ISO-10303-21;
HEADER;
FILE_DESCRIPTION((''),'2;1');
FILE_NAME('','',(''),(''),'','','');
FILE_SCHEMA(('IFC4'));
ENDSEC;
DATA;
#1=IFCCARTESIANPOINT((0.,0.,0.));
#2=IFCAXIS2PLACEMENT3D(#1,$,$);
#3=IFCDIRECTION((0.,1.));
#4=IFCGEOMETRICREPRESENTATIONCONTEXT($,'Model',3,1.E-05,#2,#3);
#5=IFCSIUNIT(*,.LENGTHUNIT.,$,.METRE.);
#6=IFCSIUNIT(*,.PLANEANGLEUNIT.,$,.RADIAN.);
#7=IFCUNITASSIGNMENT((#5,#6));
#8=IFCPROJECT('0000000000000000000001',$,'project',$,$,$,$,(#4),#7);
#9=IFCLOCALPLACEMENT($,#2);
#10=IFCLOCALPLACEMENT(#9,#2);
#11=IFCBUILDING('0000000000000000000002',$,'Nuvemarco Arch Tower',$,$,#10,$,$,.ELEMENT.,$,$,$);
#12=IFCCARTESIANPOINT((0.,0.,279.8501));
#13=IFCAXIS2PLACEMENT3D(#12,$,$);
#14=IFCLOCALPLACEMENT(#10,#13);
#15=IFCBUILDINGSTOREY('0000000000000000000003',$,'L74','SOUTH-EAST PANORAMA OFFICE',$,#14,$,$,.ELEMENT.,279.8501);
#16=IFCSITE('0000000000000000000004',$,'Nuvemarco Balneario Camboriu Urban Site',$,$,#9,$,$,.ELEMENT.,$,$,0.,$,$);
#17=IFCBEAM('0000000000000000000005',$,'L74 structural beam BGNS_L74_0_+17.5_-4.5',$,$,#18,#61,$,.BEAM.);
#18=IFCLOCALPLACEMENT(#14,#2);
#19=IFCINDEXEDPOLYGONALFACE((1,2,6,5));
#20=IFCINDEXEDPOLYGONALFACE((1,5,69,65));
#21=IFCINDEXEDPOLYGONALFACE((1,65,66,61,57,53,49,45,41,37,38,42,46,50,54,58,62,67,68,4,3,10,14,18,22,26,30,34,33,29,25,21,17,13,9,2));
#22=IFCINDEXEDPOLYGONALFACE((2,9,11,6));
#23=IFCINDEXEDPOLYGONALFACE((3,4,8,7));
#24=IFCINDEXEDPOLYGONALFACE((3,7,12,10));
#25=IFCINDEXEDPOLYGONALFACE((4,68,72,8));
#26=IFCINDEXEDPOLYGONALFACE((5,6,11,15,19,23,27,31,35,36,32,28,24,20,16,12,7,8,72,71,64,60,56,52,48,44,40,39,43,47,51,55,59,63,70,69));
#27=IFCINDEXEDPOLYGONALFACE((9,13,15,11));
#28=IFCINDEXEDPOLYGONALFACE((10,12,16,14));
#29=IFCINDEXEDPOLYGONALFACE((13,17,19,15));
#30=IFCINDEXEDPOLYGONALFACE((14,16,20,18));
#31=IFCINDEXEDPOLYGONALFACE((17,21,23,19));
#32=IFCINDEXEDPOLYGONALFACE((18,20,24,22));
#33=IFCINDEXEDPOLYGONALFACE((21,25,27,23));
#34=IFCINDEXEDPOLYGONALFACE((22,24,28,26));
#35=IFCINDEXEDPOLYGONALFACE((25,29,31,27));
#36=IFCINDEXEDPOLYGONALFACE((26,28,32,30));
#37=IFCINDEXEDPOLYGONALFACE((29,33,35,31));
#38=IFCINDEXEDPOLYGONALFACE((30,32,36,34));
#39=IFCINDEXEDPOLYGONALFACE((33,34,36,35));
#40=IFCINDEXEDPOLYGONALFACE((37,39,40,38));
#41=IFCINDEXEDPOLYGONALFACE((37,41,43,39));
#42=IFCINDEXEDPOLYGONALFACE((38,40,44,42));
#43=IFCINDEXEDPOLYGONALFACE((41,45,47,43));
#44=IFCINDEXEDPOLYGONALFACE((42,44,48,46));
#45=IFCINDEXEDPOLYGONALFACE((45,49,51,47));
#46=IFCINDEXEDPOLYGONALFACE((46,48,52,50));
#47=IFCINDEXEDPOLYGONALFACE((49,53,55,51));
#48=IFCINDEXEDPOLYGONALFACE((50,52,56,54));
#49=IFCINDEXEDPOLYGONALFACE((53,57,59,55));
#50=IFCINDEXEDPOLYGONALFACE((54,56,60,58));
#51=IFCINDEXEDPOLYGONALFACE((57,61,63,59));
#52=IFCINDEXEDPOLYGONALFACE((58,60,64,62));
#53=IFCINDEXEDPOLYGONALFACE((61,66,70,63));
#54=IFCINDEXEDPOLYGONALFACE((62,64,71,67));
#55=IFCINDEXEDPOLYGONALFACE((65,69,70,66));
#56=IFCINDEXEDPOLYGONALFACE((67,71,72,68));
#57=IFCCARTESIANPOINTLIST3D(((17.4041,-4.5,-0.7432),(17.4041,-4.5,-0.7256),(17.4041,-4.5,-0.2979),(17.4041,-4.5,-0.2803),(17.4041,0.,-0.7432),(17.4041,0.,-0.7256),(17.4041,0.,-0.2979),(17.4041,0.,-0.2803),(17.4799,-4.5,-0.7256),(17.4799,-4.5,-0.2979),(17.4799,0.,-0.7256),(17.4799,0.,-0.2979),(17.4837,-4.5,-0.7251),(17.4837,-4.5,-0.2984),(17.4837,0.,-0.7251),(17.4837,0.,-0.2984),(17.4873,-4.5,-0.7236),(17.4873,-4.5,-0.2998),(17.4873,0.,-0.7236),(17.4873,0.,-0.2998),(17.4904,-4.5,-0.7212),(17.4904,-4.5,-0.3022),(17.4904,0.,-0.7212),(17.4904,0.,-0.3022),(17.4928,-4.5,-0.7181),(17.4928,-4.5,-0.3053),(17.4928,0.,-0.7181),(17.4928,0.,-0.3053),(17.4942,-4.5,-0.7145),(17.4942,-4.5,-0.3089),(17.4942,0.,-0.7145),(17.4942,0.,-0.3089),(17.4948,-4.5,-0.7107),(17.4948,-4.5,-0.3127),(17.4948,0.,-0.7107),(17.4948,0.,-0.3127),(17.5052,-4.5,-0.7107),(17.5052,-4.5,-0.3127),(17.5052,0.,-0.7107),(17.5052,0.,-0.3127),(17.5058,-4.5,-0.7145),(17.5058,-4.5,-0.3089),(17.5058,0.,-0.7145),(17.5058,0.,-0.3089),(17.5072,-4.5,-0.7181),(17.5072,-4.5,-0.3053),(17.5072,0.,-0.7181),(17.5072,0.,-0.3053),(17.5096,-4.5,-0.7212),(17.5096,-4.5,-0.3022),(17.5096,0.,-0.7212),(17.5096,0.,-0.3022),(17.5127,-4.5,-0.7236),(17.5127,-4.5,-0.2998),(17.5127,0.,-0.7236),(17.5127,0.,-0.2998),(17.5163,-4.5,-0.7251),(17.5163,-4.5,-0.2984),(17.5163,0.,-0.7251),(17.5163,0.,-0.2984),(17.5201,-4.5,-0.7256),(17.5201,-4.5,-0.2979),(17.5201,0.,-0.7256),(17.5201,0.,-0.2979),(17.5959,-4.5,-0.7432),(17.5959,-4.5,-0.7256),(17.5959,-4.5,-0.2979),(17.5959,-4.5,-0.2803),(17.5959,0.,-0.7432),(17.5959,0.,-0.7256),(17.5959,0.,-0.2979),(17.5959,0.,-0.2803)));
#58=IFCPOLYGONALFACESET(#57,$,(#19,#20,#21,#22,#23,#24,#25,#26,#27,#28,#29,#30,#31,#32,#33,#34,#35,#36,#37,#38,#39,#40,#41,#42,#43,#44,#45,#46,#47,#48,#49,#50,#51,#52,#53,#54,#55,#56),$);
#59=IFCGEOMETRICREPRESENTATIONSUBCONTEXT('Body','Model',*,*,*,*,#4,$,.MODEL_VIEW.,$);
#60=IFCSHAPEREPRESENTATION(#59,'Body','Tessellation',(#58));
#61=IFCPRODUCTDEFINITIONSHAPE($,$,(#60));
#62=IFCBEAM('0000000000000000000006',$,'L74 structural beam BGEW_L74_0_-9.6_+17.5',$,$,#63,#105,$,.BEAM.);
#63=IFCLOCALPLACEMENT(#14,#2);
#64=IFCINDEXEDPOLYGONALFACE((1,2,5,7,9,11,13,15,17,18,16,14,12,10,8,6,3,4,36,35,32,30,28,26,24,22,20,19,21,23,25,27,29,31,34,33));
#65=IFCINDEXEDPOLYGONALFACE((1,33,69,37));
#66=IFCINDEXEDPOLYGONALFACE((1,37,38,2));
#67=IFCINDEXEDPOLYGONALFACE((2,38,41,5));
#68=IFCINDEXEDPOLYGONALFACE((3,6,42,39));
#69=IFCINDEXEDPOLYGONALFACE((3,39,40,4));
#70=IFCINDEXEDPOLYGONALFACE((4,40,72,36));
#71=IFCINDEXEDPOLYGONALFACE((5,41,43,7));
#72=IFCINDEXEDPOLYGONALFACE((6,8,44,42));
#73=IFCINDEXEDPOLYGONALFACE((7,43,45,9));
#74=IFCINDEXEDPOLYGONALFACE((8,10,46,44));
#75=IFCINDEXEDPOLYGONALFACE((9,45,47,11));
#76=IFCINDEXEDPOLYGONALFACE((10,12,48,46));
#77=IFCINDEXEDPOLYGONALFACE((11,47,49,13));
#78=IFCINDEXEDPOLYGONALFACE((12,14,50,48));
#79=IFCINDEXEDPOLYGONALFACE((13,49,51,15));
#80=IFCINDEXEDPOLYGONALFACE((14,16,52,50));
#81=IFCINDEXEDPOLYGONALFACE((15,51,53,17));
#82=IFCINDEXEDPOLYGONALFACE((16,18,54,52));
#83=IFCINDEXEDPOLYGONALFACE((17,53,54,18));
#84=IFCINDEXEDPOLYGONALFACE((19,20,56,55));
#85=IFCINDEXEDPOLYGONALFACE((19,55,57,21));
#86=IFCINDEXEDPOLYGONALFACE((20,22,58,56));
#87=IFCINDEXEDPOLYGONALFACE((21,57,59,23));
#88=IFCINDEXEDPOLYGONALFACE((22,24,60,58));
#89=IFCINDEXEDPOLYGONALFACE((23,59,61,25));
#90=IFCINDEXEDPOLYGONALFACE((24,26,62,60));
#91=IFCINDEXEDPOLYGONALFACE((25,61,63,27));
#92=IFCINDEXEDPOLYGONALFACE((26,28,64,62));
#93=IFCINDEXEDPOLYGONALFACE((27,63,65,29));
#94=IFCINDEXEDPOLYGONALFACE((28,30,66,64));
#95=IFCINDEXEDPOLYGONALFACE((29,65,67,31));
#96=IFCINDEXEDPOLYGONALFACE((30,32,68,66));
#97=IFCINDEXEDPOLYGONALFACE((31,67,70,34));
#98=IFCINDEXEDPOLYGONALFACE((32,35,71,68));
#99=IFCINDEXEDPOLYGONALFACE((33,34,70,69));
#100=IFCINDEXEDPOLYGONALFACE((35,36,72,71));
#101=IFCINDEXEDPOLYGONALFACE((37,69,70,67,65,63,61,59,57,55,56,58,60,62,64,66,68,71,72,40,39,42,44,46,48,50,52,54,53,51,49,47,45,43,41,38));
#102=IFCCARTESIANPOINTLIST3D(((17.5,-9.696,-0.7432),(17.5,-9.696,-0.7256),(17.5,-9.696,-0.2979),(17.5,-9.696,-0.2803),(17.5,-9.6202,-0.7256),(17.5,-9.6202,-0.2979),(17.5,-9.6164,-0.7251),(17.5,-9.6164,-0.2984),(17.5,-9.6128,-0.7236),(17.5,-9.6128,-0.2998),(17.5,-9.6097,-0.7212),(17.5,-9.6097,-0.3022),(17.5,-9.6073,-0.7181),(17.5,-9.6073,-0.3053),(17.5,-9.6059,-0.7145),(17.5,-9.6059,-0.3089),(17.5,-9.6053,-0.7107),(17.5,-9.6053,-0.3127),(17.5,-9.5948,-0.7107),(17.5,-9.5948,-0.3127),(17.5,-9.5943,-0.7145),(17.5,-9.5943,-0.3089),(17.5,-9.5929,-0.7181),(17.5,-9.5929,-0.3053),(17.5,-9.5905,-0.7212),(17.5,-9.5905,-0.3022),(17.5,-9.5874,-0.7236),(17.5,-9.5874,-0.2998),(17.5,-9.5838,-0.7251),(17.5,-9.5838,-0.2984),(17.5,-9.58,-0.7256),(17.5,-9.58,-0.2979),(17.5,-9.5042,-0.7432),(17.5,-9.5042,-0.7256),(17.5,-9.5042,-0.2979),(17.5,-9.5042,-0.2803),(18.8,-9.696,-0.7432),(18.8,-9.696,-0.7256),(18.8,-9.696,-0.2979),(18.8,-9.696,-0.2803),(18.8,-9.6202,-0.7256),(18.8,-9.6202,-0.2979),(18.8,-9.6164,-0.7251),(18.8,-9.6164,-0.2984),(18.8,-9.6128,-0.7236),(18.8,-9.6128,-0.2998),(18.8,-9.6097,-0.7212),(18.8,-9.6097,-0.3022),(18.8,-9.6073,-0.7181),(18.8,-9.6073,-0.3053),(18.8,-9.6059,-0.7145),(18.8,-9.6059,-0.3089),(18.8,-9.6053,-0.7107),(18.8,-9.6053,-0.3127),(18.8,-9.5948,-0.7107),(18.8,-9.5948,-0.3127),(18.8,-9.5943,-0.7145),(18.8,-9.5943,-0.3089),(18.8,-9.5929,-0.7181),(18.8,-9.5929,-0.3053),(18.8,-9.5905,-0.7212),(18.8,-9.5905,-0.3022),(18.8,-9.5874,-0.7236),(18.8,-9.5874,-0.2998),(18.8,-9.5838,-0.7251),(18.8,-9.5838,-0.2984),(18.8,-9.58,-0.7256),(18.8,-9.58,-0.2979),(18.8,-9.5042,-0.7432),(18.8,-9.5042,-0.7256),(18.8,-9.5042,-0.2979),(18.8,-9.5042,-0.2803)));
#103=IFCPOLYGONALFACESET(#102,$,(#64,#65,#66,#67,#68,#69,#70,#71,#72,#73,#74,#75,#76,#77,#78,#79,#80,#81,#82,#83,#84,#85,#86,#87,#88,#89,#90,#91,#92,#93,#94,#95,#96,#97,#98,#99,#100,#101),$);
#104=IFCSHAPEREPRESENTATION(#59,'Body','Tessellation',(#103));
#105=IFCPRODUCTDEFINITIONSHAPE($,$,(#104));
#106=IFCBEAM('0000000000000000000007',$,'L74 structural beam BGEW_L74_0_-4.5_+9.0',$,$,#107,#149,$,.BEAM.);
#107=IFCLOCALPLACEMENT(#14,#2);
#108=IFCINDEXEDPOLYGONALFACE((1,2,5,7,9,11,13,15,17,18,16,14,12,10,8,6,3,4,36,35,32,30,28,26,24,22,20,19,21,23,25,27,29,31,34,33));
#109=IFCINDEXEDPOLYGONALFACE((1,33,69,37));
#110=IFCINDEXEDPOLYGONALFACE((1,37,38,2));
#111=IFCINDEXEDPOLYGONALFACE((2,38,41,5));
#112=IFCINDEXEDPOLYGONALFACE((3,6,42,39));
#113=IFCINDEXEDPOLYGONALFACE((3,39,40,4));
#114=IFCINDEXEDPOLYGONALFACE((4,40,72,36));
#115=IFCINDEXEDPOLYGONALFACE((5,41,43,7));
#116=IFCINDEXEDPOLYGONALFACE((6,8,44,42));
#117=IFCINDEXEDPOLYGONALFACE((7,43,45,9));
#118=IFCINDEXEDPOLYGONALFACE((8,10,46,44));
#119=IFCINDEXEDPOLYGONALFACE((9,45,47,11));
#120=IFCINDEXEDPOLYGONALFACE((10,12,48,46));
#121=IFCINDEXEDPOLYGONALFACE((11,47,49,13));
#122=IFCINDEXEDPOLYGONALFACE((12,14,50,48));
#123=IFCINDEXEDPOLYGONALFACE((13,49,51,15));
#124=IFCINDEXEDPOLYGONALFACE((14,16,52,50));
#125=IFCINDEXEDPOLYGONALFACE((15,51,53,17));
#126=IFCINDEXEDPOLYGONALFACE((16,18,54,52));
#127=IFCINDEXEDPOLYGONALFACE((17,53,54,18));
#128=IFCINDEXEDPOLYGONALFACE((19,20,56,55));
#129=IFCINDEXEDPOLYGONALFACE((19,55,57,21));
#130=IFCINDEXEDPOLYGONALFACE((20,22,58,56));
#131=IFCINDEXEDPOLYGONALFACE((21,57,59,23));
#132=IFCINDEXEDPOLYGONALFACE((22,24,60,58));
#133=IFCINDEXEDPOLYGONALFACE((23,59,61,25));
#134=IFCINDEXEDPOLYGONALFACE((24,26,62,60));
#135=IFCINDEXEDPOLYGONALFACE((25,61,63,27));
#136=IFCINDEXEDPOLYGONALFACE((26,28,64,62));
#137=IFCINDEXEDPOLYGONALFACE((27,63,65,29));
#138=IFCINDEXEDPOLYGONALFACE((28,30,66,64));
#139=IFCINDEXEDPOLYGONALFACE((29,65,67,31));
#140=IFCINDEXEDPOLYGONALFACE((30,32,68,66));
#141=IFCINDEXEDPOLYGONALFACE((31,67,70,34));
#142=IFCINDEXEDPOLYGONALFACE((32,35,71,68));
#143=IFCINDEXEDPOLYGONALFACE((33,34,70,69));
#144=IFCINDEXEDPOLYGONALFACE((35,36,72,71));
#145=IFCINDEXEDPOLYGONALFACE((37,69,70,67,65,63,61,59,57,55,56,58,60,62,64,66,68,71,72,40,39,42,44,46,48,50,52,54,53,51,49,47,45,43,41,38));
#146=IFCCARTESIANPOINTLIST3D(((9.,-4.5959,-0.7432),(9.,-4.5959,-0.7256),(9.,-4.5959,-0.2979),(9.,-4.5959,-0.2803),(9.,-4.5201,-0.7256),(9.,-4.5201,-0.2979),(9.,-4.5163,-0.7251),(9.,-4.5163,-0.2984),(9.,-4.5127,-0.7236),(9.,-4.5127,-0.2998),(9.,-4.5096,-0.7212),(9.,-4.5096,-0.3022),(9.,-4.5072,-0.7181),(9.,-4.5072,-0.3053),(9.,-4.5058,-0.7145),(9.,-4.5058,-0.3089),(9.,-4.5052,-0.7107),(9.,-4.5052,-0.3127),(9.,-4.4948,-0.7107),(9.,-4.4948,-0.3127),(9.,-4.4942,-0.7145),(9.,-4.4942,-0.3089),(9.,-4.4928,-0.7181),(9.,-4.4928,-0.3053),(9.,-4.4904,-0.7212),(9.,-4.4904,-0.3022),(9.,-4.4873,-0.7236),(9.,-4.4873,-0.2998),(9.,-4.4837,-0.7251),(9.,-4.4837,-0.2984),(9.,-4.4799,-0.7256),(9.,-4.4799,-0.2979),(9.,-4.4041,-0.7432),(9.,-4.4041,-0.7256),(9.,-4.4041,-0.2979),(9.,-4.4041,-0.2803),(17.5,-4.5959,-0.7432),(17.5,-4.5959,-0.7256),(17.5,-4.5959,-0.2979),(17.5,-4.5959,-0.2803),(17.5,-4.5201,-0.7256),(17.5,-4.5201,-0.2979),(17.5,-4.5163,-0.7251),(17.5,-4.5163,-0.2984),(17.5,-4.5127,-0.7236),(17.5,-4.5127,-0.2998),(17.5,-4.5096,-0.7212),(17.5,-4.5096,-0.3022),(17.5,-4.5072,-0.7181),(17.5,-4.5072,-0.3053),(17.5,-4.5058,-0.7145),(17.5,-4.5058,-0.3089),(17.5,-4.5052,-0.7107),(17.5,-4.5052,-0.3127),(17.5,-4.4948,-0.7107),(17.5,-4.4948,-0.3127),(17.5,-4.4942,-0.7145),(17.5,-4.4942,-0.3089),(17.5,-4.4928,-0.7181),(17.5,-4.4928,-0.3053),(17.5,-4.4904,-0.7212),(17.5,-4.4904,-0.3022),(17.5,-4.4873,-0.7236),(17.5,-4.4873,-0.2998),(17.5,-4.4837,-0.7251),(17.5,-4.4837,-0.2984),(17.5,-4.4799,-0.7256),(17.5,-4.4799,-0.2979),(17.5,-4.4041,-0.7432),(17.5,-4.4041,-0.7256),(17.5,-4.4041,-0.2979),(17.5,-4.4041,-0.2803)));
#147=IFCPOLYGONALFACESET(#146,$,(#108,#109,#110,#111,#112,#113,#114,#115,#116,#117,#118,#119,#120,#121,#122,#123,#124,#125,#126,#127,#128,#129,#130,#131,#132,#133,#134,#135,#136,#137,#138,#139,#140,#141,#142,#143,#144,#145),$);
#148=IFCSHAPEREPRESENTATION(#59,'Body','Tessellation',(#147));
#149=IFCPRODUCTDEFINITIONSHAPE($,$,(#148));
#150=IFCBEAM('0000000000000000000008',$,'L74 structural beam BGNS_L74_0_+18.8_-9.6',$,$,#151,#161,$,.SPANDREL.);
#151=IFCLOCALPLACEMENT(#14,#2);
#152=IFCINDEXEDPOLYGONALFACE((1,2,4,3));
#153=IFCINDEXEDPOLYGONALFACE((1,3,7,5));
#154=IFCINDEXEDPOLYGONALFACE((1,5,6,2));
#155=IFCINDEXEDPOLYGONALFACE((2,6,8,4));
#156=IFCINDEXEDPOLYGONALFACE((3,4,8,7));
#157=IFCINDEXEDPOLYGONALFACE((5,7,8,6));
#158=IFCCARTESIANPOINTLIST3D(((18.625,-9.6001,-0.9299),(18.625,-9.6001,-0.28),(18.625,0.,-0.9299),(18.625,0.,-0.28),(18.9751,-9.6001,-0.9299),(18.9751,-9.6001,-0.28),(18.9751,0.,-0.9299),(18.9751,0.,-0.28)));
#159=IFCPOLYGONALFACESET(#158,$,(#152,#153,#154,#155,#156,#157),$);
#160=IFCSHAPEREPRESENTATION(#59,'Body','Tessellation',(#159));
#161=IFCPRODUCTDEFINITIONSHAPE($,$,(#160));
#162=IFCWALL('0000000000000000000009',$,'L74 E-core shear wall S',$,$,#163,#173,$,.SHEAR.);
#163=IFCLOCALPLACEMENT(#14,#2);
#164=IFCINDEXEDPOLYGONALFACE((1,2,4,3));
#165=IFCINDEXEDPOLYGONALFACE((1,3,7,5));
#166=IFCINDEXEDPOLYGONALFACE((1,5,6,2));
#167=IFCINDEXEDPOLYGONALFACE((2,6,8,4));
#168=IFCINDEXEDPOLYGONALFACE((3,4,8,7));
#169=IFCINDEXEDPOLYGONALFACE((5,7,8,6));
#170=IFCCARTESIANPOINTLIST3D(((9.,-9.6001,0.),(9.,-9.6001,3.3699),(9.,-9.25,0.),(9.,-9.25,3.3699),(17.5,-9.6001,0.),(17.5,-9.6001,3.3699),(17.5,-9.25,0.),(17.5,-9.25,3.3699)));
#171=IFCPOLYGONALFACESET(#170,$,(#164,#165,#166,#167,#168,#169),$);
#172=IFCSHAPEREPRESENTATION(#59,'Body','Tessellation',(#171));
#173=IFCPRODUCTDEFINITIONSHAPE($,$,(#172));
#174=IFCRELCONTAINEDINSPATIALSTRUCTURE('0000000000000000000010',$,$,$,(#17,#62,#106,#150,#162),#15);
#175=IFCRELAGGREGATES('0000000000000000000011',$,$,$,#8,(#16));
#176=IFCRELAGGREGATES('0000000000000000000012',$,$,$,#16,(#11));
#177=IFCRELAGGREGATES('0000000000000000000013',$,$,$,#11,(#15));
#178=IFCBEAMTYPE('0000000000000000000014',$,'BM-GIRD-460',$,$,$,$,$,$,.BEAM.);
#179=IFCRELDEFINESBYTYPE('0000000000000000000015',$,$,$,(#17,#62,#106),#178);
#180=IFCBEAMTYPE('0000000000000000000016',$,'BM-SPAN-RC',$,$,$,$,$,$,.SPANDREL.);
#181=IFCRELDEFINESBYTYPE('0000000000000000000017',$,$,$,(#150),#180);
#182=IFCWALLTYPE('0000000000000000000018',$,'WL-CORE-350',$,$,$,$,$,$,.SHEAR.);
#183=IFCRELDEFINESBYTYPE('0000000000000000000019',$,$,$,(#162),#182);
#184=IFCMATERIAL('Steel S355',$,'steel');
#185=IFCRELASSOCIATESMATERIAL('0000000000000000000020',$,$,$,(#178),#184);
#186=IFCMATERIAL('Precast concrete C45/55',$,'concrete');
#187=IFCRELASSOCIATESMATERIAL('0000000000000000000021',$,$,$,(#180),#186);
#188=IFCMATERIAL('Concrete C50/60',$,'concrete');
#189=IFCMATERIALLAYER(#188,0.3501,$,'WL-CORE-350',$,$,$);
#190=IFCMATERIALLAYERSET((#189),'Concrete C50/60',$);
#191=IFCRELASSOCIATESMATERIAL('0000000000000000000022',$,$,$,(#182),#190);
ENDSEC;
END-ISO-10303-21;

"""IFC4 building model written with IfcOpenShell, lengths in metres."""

from ifc_helpers import new_model, si_unit, direction, frame, frame_2d, origin, origin_2d, place, context, subcontext, project, spatial, rectangle, i_section, extrude, material, layer, layer_set, material_profile, profile_set, type_object, element, save


model = new_model("IFC4")

# Units and contexts
model_context = context("Model", 3, precision=1e-05, world=origin(), true_north=direction((0.0, 1.0)))
body_context = subcontext(model_context, "Body", "Model", "MODEL_VIEW")
ifc_project = project(units=[si_unit("LENGTHUNIT", "METRE"), si_unit("PLANEANGLEUNIT", "RADIAN")], contexts=[model_context])

# Site, building, storey
site_placement = place(None, origin())
site = spatial("IfcSite", under=ifc_project, at=site_placement, Name="Nuvemarco Balneario Camboriu Urban Site", CompositionType="ELEMENT", RefElevation=0.0)
building_placement = place(site_placement, origin())
building = spatial("IfcBuilding", under=site, at=building_placement, Name="Nuvemarco Arch Tower", CompositionType="ELEMENT")
storey_placement = place(building_placement, frame((0.0, 0.0, 279.8501)))
storey = spatial("IfcBuildingStorey", under=building, at=storey_placement, Name="L74", Description="SOUTH-EAST PANORAMA OFFICE", CompositionType="ELEMENT", Elevation=279.8501)

# Shared definitions
ifc_material_1 = material(Name="Concrete C50/60", Category="concrete")
ifc_material_2 = material(Name="Steel S355", Category="steel")

# Beams
ifc_material_profile_1 = material_profile(ifc_material_2, i_section(OverallWidth=0.1919, OverallDepth=0.4629, WebThickness=0.0105, FlangeThickness=0.0176, FilletRadius=0.0149, at=origin_2d()), Name="W460x89")
ifc_profile_set_1 = profile_set([ifc_material_profile_1], Name="Steel S355")
beam_type_1 = type_object("IfcBeamType", Name="BM-GIRD-460", PredefinedType="BEAM", material=ifc_profile_set_1)
beam_1_placement = place(storey_placement, frame((17.5, -4.5, -0.5117), z_axis=(0.0, 1.0, 0.0), x_axis=(-1.0, 0.0, 0.0)))
element("IfcBeam", 1, at=beam_1_placement, inside=storey, type_object=beam_type_1, Name="L74 structural beam BGNS_L74_0_+17.5_-4.5", PredefinedType="BEAM", context=body_context, shape_type="SweptSolid", body=[
    extrude(i_section(OverallWidth=0.1919, OverallDepth=0.4629, WebThickness=0.0105, FlangeThickness=0.0176, FilletRadius=0.0149, at=origin_2d()), origin(), (0.0, 0.0, 1.0), 4.5),
])
beam_2_placement = place(storey_placement, frame((17.5, -9.6001, -0.5117), z_axis=(1.0, 0.0, 0.0), x_axis=(0.0, 1.0, 0.0)))
element("IfcBeam", 2, at=beam_2_placement, inside=storey, type_object=beam_type_1, Name="L74 structural beam BGEW_L74_0_-9.6_+17.5", PredefinedType="BEAM", context=body_context, shape_type="SweptSolid", body=[
    extrude(i_section(OverallWidth=0.1919, OverallDepth=0.4629, WebThickness=0.0105, FlangeThickness=0.0176, FilletRadius=0.0149, at=origin_2d()), origin(), (0.0, 0.0, 1.0), 1.3),
])
beam_3_placement = place(storey_placement, frame((9.0, -4.5, -0.5117), z_axis=(1.0, 0.0, 0.0), x_axis=(0.0, 1.0, 0.0)))
element("IfcBeam", 3, at=beam_3_placement, inside=storey, type_object=beam_type_1, Name="L74 structural beam BGEW_L74_0_-4.5_+9.0", PredefinedType="BEAM", context=body_context, shape_type="SweptSolid", body=[
    extrude(i_section(OverallWidth=0.1919, OverallDepth=0.4629, WebThickness=0.0105, FlangeThickness=0.0176, FilletRadius=0.0149, at=origin_2d()), origin(), (0.0, 0.0, 1.0), 8.5),
])
ifc_material_3 = material(Name="Precast concrete C45/55", Category="concrete")
ifc_material_profile_2 = material_profile(ifc_material_3, rectangle(XDim=0.3501, YDim=0.6499, at=origin_2d()), Name="PC-SP-350x650")
ifc_profile_set_2 = profile_set([ifc_material_profile_2], Name="Precast concrete C45/55")
beam_type_2 = type_object("IfcBeamType", Name="BM-SPAN-RC", PredefinedType="SPANDREL", material=ifc_profile_set_2)
beam_4_placement = place(storey_placement, frame((18.8, -9.6001, -0.605), z_axis=(0.0, 1.0, 0.0), x_axis=(-1.0, 0.0, 0.0)))
element("IfcBeam", 4, at=beam_4_placement, inside=storey, type_object=beam_type_2, Name="L74 structural beam BGNS_L74_0_+18.8_-9.6", PredefinedType="SPANDREL", context=body_context, shape_type="SweptSolid", body=[
    extrude(rectangle(XDim=0.3501, YDim=0.6499, at=origin_2d()), origin(), (0.0, 0.0, 1.0), 9.6001),
])

# Wall
ifc_layer_1 = layer(ifc_material_1, 0.3501, Name="WL-CORE-350")
ifc_layer_set_1 = layer_set([ifc_layer_1], Name="Concrete C50/60")
wall_type_1 = type_object("IfcWallType", Name="WL-CORE-350", PredefinedType="SHEAR", material=ifc_layer_set_1)
wall_1_placement = place(storey_placement, frame((9.0, -9.425, 0.0), z_axis=(0.0, 0.0, 1.0), x_axis=(1.0, 0.0, 0.0)))
element("IfcWall", 5, at=wall_1_placement, inside=storey, type_object=wall_type_1, Name="L74 E-core shear wall S", PredefinedType="SHEAR", context=body_context, shape_type="SweptSolid", body=[
    extrude(rectangle(XDim=8.5, YDim=0.3501, at=frame_2d((4.25, 0.0))), origin(), (0.0, 0.0, 1.0), 3.3699),
])

save(model, "model.ifc")
